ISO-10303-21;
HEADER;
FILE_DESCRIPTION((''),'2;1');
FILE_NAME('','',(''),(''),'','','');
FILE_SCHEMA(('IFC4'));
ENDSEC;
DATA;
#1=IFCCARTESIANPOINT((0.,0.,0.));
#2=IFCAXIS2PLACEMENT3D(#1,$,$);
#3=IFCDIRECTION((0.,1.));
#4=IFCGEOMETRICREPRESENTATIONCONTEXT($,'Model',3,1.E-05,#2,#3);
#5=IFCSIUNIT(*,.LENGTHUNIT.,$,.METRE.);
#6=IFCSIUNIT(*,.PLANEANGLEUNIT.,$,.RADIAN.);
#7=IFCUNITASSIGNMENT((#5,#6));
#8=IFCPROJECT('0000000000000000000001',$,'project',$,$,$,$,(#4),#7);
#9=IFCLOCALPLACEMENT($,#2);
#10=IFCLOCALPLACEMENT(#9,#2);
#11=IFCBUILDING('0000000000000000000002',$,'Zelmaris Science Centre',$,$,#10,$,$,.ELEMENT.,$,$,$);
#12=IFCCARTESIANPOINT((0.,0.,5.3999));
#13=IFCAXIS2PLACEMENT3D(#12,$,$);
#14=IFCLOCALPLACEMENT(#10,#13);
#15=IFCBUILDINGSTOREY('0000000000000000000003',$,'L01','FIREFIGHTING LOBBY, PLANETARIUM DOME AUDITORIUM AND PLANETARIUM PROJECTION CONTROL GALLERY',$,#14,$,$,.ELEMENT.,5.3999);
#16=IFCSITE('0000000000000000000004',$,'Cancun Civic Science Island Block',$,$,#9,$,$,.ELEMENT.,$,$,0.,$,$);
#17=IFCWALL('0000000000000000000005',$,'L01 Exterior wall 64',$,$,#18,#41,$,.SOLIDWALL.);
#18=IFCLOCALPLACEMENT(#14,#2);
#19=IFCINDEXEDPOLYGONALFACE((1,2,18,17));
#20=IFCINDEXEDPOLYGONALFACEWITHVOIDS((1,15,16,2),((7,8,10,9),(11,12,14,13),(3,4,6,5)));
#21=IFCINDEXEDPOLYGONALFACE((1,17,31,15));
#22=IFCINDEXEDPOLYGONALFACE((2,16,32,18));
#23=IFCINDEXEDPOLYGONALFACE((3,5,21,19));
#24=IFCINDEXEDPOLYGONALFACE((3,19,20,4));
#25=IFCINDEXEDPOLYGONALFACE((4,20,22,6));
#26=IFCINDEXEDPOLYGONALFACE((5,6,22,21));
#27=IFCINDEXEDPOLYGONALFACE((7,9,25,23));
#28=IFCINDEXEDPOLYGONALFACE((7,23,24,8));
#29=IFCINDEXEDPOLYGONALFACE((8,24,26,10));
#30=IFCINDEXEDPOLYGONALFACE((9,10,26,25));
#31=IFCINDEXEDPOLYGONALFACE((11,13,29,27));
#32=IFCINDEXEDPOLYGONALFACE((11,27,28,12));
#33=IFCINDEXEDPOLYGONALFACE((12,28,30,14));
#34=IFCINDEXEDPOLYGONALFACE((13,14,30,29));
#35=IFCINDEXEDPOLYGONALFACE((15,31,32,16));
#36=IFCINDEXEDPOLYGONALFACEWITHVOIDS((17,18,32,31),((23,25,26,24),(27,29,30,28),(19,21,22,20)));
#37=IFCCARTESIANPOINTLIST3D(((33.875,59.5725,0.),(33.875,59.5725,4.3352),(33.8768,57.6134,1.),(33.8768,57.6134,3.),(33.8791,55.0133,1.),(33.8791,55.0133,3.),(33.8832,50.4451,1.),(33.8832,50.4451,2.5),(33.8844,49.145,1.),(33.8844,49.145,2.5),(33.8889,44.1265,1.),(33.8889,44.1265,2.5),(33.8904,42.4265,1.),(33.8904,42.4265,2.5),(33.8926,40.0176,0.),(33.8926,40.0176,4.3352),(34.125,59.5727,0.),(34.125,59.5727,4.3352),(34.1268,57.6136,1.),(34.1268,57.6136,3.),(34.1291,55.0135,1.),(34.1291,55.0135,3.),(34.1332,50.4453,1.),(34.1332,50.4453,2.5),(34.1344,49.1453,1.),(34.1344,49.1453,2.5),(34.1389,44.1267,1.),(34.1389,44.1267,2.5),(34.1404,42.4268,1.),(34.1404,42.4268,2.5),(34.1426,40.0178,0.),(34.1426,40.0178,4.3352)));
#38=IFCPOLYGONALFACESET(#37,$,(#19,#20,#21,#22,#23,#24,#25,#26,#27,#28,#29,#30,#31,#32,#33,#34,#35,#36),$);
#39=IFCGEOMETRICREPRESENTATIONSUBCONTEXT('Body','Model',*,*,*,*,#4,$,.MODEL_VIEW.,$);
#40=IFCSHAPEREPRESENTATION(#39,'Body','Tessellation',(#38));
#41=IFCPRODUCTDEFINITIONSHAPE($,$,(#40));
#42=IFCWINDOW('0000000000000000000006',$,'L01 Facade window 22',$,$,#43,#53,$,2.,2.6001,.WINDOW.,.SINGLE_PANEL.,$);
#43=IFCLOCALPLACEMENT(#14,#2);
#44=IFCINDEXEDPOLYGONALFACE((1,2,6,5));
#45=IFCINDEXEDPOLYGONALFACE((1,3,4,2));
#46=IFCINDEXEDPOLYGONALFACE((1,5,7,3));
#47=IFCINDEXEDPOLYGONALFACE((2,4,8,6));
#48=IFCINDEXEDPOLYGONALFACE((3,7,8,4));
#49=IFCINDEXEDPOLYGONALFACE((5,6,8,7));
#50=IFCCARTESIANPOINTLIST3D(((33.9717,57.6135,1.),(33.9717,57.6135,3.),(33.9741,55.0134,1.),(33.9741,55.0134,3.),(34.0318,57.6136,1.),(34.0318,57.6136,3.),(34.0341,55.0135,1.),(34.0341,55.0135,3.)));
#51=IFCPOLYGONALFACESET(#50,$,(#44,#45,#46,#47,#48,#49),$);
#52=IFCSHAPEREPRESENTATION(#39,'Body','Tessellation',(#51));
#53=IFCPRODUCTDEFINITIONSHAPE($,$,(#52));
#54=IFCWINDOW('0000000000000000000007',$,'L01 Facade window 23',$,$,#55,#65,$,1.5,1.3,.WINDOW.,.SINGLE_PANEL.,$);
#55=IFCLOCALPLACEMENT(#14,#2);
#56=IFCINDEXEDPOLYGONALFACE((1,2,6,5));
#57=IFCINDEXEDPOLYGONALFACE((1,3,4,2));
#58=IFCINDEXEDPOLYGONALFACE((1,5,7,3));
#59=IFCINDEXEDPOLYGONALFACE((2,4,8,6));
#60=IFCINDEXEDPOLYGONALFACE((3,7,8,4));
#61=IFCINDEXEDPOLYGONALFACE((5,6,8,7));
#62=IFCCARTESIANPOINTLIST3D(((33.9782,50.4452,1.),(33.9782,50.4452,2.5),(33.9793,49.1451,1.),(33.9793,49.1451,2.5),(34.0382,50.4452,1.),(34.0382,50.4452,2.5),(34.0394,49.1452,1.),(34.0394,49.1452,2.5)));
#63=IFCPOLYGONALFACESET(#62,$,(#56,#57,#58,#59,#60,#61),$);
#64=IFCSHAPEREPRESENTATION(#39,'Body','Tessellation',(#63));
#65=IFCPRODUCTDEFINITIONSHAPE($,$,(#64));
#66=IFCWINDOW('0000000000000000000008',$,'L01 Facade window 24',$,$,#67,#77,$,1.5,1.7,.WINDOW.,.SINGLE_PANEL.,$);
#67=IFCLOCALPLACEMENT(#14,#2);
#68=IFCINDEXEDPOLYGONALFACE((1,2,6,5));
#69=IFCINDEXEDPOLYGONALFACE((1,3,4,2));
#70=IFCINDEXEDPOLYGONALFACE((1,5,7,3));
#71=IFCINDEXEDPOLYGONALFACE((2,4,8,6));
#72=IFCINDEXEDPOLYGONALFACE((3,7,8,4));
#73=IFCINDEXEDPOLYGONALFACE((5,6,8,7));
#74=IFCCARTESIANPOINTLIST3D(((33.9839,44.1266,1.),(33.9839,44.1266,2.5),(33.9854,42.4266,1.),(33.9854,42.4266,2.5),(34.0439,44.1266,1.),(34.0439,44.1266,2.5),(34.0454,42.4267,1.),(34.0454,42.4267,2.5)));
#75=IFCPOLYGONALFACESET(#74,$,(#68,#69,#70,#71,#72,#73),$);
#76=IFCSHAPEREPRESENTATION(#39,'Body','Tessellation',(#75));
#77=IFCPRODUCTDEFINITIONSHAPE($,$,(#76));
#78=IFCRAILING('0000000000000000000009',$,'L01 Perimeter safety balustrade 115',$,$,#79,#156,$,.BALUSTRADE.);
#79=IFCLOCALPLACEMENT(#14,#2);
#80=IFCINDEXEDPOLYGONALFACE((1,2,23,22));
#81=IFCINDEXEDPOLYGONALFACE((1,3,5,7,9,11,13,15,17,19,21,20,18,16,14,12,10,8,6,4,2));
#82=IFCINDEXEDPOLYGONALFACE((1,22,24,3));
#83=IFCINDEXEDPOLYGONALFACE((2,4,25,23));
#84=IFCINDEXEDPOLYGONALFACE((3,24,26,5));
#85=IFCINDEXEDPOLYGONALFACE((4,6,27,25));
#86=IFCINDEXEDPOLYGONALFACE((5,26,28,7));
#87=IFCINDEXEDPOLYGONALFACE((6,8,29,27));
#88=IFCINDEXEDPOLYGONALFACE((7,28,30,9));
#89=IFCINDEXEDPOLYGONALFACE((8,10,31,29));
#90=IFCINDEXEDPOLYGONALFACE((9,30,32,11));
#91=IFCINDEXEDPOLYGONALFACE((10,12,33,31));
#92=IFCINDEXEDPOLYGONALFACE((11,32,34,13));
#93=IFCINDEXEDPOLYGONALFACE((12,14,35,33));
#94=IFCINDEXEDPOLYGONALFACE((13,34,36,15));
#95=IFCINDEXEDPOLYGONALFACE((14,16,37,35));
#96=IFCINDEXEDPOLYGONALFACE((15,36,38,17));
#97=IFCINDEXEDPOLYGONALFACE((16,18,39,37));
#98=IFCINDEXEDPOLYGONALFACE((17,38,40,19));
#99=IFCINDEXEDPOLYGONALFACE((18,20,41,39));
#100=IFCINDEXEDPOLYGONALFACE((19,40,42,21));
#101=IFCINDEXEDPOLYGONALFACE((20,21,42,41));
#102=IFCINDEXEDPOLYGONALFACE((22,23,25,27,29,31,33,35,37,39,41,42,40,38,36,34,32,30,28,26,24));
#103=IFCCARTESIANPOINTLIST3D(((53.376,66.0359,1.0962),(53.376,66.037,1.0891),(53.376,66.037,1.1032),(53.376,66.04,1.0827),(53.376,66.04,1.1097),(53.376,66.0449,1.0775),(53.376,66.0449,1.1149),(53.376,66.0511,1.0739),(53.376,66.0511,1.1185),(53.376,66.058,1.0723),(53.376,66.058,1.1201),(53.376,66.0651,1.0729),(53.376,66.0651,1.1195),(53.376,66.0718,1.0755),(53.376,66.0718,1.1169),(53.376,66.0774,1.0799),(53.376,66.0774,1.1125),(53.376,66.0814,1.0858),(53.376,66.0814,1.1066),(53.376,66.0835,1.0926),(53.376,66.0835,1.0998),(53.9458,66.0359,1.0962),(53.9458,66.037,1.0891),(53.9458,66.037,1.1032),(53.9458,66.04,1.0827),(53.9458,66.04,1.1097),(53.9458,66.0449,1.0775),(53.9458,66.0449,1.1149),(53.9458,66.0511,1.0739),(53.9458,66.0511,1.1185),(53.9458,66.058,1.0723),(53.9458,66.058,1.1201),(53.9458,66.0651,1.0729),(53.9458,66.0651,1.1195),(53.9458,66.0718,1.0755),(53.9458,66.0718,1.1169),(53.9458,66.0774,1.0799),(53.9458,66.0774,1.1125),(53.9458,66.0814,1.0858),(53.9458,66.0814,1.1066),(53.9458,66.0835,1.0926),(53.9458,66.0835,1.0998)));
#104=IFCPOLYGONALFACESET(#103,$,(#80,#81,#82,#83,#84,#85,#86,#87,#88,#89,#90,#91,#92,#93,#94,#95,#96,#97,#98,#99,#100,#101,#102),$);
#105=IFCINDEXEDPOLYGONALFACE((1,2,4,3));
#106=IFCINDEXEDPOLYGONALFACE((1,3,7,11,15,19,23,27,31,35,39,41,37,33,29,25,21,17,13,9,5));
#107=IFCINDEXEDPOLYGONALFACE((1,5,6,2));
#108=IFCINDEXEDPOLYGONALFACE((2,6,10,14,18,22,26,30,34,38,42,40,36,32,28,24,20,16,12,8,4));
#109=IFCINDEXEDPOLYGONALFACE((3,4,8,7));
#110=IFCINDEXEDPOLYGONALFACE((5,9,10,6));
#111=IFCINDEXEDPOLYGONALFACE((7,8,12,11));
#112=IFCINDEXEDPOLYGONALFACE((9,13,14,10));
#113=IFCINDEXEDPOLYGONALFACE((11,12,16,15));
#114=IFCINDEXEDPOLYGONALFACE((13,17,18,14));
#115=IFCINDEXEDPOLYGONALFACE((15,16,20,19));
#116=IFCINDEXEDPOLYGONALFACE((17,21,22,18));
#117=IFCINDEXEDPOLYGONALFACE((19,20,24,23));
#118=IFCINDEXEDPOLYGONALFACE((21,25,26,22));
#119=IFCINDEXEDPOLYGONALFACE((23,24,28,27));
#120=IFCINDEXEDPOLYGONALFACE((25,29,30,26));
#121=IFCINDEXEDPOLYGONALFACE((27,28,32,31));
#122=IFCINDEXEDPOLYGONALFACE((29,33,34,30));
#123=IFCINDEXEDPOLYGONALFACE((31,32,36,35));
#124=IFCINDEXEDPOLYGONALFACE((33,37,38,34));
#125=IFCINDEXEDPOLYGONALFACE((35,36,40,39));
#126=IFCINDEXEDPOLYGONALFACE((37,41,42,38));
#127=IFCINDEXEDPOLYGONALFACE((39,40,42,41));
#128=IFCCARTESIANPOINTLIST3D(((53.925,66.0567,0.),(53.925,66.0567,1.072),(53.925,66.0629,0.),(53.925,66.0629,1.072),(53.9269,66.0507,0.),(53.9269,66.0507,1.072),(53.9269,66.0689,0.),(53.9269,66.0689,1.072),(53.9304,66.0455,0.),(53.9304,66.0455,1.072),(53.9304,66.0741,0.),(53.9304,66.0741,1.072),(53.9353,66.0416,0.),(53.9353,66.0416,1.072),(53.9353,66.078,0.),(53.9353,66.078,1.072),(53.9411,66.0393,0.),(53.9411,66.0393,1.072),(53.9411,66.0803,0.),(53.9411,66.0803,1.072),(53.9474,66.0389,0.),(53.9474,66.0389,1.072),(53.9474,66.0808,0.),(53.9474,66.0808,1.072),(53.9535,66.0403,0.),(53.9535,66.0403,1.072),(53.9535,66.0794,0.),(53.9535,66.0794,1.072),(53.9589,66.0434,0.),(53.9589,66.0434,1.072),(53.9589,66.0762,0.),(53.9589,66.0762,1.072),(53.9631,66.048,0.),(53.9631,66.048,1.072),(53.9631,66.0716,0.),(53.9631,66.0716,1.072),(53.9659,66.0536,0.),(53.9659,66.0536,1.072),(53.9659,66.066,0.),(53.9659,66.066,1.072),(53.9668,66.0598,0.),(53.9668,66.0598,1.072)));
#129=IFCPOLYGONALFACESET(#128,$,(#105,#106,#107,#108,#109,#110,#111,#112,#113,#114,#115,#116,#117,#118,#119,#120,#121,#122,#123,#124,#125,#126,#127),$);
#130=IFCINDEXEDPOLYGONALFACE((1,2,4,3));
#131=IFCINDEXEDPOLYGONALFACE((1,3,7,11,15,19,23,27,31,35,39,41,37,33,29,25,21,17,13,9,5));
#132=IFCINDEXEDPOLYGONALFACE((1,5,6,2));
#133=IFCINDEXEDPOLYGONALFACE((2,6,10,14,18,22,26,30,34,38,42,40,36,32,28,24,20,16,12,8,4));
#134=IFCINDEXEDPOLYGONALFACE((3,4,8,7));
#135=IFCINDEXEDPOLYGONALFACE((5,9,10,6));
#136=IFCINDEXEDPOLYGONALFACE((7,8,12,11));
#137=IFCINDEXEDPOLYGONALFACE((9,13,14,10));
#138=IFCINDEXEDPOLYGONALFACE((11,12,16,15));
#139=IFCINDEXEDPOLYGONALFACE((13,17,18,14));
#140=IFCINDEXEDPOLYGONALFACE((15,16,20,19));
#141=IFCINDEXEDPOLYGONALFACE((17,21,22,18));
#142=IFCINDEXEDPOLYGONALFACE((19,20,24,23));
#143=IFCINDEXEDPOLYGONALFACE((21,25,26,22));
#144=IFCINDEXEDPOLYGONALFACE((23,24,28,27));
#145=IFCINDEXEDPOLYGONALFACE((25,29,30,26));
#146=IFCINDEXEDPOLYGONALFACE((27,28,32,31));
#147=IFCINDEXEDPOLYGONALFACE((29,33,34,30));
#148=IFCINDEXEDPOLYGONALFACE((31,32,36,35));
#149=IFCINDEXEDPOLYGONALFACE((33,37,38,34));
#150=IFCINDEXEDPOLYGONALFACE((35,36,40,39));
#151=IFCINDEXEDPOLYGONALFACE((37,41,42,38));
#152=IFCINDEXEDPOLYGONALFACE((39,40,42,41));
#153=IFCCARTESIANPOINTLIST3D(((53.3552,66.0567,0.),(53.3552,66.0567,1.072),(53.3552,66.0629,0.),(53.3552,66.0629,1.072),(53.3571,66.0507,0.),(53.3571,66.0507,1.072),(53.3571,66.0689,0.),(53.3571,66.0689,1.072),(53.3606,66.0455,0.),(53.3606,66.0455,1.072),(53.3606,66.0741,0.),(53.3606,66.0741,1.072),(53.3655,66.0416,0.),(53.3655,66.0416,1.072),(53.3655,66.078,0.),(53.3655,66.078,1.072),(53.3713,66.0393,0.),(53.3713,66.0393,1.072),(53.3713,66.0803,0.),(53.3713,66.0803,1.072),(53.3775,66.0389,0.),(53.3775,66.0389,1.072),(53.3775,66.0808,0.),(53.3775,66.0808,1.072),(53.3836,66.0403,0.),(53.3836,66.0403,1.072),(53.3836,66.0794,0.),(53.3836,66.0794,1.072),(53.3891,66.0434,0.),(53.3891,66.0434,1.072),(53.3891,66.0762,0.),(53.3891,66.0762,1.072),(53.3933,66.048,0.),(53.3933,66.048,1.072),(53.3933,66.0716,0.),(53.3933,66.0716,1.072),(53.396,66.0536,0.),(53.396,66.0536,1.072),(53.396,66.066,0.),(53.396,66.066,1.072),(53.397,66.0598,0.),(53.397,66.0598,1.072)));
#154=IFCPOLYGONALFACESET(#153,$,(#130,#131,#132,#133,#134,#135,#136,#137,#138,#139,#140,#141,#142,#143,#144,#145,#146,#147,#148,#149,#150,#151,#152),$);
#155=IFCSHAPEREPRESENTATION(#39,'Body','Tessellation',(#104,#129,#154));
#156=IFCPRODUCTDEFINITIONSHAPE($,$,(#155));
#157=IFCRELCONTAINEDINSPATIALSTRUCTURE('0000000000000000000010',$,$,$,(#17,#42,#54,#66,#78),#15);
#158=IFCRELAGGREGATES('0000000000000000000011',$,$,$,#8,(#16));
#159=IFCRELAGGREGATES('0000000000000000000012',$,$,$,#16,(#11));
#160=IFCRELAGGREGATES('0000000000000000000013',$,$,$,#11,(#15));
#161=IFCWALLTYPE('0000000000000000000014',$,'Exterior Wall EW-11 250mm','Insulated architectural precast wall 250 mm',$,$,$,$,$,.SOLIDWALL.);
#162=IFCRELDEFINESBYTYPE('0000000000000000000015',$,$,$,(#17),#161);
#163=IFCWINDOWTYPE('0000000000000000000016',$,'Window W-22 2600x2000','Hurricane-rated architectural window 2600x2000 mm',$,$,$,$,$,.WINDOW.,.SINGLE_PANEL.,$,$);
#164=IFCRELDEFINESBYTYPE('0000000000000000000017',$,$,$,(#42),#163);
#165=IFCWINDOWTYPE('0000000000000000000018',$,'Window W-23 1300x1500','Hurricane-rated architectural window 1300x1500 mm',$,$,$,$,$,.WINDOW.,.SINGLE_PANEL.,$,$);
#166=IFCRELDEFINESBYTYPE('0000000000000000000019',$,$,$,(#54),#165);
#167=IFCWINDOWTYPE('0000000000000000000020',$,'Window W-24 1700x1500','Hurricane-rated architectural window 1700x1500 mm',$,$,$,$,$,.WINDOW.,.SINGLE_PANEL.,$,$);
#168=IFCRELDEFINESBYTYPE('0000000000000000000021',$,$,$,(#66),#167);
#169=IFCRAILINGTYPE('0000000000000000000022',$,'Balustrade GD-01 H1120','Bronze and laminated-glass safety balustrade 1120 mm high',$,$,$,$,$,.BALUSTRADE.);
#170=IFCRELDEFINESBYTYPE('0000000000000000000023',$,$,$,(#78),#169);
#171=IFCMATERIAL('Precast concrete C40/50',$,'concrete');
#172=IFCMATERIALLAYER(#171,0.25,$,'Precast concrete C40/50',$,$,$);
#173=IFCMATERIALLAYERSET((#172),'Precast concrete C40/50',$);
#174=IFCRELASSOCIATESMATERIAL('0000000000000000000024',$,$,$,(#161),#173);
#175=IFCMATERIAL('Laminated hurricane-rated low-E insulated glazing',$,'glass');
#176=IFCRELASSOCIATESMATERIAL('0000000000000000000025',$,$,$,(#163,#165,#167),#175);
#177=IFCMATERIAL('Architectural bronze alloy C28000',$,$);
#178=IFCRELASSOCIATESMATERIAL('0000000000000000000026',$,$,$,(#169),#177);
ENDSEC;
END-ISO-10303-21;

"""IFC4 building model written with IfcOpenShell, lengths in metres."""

from ifc_helpers import new_model, si_unit, direction, frame, frame_2d, origin, origin_2d, place, context, subcontext, project, spatial, rectangle, circle, extrude, material, layer, layer_set, type_object, element, fill, save


model = new_model("IFC4")

# Units and contexts
model_context = context("Model", 3, precision=1e-05, world=origin(), true_north=direction((0.0, 1.0)))
body_context = subcontext(model_context, "Body", "Model", "MODEL_VIEW")
ifc_project = project(units=[si_unit("LENGTHUNIT", "METRE"), si_unit("PLANEANGLEUNIT", "RADIAN")], contexts=[model_context])

# Site, building, storey
site_placement = place(None, origin())
site = spatial("IfcSite", under=ifc_project, at=site_placement, Name="Cancun Civic Science Island Block", CompositionType="ELEMENT", RefElevation=0.0)
building_placement = place(site_placement, origin())
building = spatial("IfcBuilding", under=site, at=building_placement, Name="Zelmaris Science Centre", CompositionType="ELEMENT")
storey_placement = place(building_placement, frame((0.0, 0.0, 5.3999)))
storey = spatial("IfcBuildingStorey", under=building, at=storey_placement, Name="L01", Description="FIREFIGHTING LOBBY, PLANETARIUM DOME AUDITORIUM AND PLANETARIUM PROJECTION CONTROL GALLERY", CompositionType="ELEMENT", Elevation=5.3999)

# Shared definitions
ifc_material_1 = material(Name="Laminated hurricane-rated low-E insulated glazing", Category="glass")

# Wall, openings, windows
ifc_material_2 = material(Name="Precast concrete C40/50", Category="concrete")
ifc_layer_1 = layer(ifc_material_2, 0.25, Name="Precast concrete C40/50")
ifc_layer_set_1 = layer_set([ifc_layer_1], Name="Precast concrete C40/50")
wall_type_1 = type_object("IfcWallType", Name="Exterior Wall EW-11 250mm", Description="Insulated architectural precast wall 250 mm", PredefinedType="SOLIDWALL", material=ifc_layer_set_1)
wall_1_placement = place(storey_placement, frame((34.0, 59.5725, 0.0), z_axis=(0.0, 0.0, 1.0), x_axis=(0.000899, -1.0, 0.0)))
wall_1 = element("IfcWall", 1, at=wall_1_placement, inside=storey, type_object=wall_type_1, Name="L01 Exterior wall 64", PredefinedType="SOLIDWALL", context=body_context, shape_type="SweptSolid", body=[
    extrude(rectangle(XDim=19.5549, YDim=0.25, at=frame_2d((9.7773, 0.0))), origin(), (0.0, 0.0, 1.0), 4.3352),
])
opening_1_placement = place(wall_1_placement, frame((1.959, 0.0, 1.0)))
opening_1 = element("IfcOpeningElement", 2, at=opening_1_placement, cuts=wall_1, PredefinedType="OPENING", context=body_context, shape_type="SweptSolid", body=[
    extrude(rectangle(XDim=2.6001, YDim=2.0, at=frame_2d((1.3, 1.0))), frame((0.0, 0.135, 0.0), z_axis=(0.0, -1.0, 0.0), x_axis=(1.0, 0.0, 0.0)), (0.0, 0.0, 1.0), 0.27),
])
opening_2_placement = place(wall_1_placement, frame((9.1274, 0.0, 1.0)))
opening_2 = element("IfcOpeningElement", 3, at=opening_2_placement, cuts=wall_1, PredefinedType="OPENING", context=body_context, shape_type="SweptSolid", body=[
    extrude(rectangle(XDim=1.3, YDim=1.5, at=frame_2d((0.6499, 0.75))), frame((0.0, 0.135, 0.0), z_axis=(0.0, -1.0, 0.0), x_axis=(1.0, 0.0, 0.0)), (0.0, 0.0, 1.0), 0.27),
])
opening_3_placement = place(wall_1_placement, frame((15.4458, 0.0, 1.0)))
opening_3 = element("IfcOpeningElement", 4, at=opening_3_placement, cuts=wall_1, PredefinedType="OPENING", context=body_context, shape_type="SweptSolid", body=[
    extrude(rectangle(XDim=1.7, YDim=1.5, at=frame_2d((0.8501, 0.75))), frame((0.0, 0.135, 0.0), z_axis=(0.0, -1.0, 0.0), x_axis=(1.0, 0.0, 0.0)), (0.0, 0.0, 1.0), 0.27),
])
window_type_1 = type_object("IfcWindowType", Name="Window W-22 2600x2000", Description="Hurricane-rated architectural window 2600x2000 mm", PartitioningType="SINGLE_PANEL", PredefinedType="WINDOW", material=ifc_material_1)
window_1_placement = place(opening_1_placement, origin())
window_1 = element("IfcWindow", 5, at=window_1_placement, inside=storey, type_object=window_type_1, Name="L01 Facade window 22", OverallHeight=2.0, OverallWidth=2.6001, PartitioningType="SINGLE_PANEL", PredefinedType="WINDOW", context=body_context, shape_type="SweptSolid", body=[
    extrude(rectangle(XDim=2.6001, YDim=2.0, at=frame_2d((1.3, 1.0))), frame((0.0, 0.03, 0.0), z_axis=(0.0, -1.0, 0.0), x_axis=(1.0, 0.0, 0.0)), (0.0, 0.0, 1.0), 0.0601),
])
fill(opening_1, window_1)
window_type_2 = type_object("IfcWindowType", Name="Window W-23 1300x1500", Description="Hurricane-rated architectural window 1300x1500 mm", PartitioningType="SINGLE_PANEL", PredefinedType="WINDOW", material=ifc_material_1)
window_2_placement = place(opening_2_placement, origin())
window_2 = element("IfcWindow", 6, at=window_2_placement, inside=storey, type_object=window_type_2, Name="L01 Facade window 23", OverallHeight=1.5, OverallWidth=1.3, PartitioningType="SINGLE_PANEL", PredefinedType="WINDOW", context=body_context, shape_type="SweptSolid", body=[
    extrude(rectangle(XDim=1.3, YDim=1.5, at=frame_2d((0.6499, 0.75))), frame((0.0, 0.03, 0.0), z_axis=(0.0, -1.0, 0.0), x_axis=(1.0, 0.0, 0.0)), (0.0, 0.0, 1.0), 0.0601),
])
fill(opening_2, window_2)
window_type_3 = type_object("IfcWindowType", Name="Window W-24 1700x1500", Description="Hurricane-rated architectural window 1700x1500 mm", PartitioningType="SINGLE_PANEL", PredefinedType="WINDOW", material=ifc_material_1)
window_3_placement = place(opening_3_placement, origin())
window_3 = element("IfcWindow", 7, at=window_3_placement, inside=storey, type_object=window_type_3, Name="L01 Facade window 24", OverallHeight=1.5, OverallWidth=1.7, PartitioningType="SINGLE_PANEL", PredefinedType="WINDOW", context=body_context, shape_type="SweptSolid", body=[
    extrude(rectangle(XDim=1.7, YDim=1.5, at=frame_2d((0.8501, 0.75))), frame((0.0, 0.03, 0.0), z_axis=(0.0, -1.0, 0.0), x_axis=(1.0, 0.0, 0.0)), (0.0, 0.0, 1.0), 0.0601),
])
fill(opening_3, window_3)

# Railing
ifc_material_3 = material(Name="Architectural bronze alloy C28000")
railing_type = type_object("IfcRailingType", Name="Balustrade GD-01 H1120", Description="Bronze and laminated-glass safety balustrade 1120 mm high", PredefinedType="BALUSTRADE", material=ifc_material_3)
railing_1_placement = place(storey_placement, frame((53.9458, 66.0598, 0.0)))
element("IfcRailing", 8, at=railing_1_placement, inside=storey, type_object=railing_type, Name="L01 Perimeter safety balustrade 115", PredefinedType="BALUSTRADE", context=body_context, shape_type="SweptSolid", body=[
    extrude(circle(Radius=0.0239, at=origin_2d()), frame((0.0, 0.0, 1.0962), z_axis=(-1.0, 0.0, 0.0), x_axis=(0.0, -1.0, 0.0)), (0.0, 0.0, 1.0), 0.5698),
    extrude(circle(Radius=0.021, at=origin_2d()), origin(), (0.0, 0.0, 1.0), 1.072),
    extrude(circle(Radius=0.021, at=origin_2d()), frame((-0.5698, 0.0, 0.0)), (0.0, 0.0, 1.0), 1.072),
])

save(model, "model.ifc")
